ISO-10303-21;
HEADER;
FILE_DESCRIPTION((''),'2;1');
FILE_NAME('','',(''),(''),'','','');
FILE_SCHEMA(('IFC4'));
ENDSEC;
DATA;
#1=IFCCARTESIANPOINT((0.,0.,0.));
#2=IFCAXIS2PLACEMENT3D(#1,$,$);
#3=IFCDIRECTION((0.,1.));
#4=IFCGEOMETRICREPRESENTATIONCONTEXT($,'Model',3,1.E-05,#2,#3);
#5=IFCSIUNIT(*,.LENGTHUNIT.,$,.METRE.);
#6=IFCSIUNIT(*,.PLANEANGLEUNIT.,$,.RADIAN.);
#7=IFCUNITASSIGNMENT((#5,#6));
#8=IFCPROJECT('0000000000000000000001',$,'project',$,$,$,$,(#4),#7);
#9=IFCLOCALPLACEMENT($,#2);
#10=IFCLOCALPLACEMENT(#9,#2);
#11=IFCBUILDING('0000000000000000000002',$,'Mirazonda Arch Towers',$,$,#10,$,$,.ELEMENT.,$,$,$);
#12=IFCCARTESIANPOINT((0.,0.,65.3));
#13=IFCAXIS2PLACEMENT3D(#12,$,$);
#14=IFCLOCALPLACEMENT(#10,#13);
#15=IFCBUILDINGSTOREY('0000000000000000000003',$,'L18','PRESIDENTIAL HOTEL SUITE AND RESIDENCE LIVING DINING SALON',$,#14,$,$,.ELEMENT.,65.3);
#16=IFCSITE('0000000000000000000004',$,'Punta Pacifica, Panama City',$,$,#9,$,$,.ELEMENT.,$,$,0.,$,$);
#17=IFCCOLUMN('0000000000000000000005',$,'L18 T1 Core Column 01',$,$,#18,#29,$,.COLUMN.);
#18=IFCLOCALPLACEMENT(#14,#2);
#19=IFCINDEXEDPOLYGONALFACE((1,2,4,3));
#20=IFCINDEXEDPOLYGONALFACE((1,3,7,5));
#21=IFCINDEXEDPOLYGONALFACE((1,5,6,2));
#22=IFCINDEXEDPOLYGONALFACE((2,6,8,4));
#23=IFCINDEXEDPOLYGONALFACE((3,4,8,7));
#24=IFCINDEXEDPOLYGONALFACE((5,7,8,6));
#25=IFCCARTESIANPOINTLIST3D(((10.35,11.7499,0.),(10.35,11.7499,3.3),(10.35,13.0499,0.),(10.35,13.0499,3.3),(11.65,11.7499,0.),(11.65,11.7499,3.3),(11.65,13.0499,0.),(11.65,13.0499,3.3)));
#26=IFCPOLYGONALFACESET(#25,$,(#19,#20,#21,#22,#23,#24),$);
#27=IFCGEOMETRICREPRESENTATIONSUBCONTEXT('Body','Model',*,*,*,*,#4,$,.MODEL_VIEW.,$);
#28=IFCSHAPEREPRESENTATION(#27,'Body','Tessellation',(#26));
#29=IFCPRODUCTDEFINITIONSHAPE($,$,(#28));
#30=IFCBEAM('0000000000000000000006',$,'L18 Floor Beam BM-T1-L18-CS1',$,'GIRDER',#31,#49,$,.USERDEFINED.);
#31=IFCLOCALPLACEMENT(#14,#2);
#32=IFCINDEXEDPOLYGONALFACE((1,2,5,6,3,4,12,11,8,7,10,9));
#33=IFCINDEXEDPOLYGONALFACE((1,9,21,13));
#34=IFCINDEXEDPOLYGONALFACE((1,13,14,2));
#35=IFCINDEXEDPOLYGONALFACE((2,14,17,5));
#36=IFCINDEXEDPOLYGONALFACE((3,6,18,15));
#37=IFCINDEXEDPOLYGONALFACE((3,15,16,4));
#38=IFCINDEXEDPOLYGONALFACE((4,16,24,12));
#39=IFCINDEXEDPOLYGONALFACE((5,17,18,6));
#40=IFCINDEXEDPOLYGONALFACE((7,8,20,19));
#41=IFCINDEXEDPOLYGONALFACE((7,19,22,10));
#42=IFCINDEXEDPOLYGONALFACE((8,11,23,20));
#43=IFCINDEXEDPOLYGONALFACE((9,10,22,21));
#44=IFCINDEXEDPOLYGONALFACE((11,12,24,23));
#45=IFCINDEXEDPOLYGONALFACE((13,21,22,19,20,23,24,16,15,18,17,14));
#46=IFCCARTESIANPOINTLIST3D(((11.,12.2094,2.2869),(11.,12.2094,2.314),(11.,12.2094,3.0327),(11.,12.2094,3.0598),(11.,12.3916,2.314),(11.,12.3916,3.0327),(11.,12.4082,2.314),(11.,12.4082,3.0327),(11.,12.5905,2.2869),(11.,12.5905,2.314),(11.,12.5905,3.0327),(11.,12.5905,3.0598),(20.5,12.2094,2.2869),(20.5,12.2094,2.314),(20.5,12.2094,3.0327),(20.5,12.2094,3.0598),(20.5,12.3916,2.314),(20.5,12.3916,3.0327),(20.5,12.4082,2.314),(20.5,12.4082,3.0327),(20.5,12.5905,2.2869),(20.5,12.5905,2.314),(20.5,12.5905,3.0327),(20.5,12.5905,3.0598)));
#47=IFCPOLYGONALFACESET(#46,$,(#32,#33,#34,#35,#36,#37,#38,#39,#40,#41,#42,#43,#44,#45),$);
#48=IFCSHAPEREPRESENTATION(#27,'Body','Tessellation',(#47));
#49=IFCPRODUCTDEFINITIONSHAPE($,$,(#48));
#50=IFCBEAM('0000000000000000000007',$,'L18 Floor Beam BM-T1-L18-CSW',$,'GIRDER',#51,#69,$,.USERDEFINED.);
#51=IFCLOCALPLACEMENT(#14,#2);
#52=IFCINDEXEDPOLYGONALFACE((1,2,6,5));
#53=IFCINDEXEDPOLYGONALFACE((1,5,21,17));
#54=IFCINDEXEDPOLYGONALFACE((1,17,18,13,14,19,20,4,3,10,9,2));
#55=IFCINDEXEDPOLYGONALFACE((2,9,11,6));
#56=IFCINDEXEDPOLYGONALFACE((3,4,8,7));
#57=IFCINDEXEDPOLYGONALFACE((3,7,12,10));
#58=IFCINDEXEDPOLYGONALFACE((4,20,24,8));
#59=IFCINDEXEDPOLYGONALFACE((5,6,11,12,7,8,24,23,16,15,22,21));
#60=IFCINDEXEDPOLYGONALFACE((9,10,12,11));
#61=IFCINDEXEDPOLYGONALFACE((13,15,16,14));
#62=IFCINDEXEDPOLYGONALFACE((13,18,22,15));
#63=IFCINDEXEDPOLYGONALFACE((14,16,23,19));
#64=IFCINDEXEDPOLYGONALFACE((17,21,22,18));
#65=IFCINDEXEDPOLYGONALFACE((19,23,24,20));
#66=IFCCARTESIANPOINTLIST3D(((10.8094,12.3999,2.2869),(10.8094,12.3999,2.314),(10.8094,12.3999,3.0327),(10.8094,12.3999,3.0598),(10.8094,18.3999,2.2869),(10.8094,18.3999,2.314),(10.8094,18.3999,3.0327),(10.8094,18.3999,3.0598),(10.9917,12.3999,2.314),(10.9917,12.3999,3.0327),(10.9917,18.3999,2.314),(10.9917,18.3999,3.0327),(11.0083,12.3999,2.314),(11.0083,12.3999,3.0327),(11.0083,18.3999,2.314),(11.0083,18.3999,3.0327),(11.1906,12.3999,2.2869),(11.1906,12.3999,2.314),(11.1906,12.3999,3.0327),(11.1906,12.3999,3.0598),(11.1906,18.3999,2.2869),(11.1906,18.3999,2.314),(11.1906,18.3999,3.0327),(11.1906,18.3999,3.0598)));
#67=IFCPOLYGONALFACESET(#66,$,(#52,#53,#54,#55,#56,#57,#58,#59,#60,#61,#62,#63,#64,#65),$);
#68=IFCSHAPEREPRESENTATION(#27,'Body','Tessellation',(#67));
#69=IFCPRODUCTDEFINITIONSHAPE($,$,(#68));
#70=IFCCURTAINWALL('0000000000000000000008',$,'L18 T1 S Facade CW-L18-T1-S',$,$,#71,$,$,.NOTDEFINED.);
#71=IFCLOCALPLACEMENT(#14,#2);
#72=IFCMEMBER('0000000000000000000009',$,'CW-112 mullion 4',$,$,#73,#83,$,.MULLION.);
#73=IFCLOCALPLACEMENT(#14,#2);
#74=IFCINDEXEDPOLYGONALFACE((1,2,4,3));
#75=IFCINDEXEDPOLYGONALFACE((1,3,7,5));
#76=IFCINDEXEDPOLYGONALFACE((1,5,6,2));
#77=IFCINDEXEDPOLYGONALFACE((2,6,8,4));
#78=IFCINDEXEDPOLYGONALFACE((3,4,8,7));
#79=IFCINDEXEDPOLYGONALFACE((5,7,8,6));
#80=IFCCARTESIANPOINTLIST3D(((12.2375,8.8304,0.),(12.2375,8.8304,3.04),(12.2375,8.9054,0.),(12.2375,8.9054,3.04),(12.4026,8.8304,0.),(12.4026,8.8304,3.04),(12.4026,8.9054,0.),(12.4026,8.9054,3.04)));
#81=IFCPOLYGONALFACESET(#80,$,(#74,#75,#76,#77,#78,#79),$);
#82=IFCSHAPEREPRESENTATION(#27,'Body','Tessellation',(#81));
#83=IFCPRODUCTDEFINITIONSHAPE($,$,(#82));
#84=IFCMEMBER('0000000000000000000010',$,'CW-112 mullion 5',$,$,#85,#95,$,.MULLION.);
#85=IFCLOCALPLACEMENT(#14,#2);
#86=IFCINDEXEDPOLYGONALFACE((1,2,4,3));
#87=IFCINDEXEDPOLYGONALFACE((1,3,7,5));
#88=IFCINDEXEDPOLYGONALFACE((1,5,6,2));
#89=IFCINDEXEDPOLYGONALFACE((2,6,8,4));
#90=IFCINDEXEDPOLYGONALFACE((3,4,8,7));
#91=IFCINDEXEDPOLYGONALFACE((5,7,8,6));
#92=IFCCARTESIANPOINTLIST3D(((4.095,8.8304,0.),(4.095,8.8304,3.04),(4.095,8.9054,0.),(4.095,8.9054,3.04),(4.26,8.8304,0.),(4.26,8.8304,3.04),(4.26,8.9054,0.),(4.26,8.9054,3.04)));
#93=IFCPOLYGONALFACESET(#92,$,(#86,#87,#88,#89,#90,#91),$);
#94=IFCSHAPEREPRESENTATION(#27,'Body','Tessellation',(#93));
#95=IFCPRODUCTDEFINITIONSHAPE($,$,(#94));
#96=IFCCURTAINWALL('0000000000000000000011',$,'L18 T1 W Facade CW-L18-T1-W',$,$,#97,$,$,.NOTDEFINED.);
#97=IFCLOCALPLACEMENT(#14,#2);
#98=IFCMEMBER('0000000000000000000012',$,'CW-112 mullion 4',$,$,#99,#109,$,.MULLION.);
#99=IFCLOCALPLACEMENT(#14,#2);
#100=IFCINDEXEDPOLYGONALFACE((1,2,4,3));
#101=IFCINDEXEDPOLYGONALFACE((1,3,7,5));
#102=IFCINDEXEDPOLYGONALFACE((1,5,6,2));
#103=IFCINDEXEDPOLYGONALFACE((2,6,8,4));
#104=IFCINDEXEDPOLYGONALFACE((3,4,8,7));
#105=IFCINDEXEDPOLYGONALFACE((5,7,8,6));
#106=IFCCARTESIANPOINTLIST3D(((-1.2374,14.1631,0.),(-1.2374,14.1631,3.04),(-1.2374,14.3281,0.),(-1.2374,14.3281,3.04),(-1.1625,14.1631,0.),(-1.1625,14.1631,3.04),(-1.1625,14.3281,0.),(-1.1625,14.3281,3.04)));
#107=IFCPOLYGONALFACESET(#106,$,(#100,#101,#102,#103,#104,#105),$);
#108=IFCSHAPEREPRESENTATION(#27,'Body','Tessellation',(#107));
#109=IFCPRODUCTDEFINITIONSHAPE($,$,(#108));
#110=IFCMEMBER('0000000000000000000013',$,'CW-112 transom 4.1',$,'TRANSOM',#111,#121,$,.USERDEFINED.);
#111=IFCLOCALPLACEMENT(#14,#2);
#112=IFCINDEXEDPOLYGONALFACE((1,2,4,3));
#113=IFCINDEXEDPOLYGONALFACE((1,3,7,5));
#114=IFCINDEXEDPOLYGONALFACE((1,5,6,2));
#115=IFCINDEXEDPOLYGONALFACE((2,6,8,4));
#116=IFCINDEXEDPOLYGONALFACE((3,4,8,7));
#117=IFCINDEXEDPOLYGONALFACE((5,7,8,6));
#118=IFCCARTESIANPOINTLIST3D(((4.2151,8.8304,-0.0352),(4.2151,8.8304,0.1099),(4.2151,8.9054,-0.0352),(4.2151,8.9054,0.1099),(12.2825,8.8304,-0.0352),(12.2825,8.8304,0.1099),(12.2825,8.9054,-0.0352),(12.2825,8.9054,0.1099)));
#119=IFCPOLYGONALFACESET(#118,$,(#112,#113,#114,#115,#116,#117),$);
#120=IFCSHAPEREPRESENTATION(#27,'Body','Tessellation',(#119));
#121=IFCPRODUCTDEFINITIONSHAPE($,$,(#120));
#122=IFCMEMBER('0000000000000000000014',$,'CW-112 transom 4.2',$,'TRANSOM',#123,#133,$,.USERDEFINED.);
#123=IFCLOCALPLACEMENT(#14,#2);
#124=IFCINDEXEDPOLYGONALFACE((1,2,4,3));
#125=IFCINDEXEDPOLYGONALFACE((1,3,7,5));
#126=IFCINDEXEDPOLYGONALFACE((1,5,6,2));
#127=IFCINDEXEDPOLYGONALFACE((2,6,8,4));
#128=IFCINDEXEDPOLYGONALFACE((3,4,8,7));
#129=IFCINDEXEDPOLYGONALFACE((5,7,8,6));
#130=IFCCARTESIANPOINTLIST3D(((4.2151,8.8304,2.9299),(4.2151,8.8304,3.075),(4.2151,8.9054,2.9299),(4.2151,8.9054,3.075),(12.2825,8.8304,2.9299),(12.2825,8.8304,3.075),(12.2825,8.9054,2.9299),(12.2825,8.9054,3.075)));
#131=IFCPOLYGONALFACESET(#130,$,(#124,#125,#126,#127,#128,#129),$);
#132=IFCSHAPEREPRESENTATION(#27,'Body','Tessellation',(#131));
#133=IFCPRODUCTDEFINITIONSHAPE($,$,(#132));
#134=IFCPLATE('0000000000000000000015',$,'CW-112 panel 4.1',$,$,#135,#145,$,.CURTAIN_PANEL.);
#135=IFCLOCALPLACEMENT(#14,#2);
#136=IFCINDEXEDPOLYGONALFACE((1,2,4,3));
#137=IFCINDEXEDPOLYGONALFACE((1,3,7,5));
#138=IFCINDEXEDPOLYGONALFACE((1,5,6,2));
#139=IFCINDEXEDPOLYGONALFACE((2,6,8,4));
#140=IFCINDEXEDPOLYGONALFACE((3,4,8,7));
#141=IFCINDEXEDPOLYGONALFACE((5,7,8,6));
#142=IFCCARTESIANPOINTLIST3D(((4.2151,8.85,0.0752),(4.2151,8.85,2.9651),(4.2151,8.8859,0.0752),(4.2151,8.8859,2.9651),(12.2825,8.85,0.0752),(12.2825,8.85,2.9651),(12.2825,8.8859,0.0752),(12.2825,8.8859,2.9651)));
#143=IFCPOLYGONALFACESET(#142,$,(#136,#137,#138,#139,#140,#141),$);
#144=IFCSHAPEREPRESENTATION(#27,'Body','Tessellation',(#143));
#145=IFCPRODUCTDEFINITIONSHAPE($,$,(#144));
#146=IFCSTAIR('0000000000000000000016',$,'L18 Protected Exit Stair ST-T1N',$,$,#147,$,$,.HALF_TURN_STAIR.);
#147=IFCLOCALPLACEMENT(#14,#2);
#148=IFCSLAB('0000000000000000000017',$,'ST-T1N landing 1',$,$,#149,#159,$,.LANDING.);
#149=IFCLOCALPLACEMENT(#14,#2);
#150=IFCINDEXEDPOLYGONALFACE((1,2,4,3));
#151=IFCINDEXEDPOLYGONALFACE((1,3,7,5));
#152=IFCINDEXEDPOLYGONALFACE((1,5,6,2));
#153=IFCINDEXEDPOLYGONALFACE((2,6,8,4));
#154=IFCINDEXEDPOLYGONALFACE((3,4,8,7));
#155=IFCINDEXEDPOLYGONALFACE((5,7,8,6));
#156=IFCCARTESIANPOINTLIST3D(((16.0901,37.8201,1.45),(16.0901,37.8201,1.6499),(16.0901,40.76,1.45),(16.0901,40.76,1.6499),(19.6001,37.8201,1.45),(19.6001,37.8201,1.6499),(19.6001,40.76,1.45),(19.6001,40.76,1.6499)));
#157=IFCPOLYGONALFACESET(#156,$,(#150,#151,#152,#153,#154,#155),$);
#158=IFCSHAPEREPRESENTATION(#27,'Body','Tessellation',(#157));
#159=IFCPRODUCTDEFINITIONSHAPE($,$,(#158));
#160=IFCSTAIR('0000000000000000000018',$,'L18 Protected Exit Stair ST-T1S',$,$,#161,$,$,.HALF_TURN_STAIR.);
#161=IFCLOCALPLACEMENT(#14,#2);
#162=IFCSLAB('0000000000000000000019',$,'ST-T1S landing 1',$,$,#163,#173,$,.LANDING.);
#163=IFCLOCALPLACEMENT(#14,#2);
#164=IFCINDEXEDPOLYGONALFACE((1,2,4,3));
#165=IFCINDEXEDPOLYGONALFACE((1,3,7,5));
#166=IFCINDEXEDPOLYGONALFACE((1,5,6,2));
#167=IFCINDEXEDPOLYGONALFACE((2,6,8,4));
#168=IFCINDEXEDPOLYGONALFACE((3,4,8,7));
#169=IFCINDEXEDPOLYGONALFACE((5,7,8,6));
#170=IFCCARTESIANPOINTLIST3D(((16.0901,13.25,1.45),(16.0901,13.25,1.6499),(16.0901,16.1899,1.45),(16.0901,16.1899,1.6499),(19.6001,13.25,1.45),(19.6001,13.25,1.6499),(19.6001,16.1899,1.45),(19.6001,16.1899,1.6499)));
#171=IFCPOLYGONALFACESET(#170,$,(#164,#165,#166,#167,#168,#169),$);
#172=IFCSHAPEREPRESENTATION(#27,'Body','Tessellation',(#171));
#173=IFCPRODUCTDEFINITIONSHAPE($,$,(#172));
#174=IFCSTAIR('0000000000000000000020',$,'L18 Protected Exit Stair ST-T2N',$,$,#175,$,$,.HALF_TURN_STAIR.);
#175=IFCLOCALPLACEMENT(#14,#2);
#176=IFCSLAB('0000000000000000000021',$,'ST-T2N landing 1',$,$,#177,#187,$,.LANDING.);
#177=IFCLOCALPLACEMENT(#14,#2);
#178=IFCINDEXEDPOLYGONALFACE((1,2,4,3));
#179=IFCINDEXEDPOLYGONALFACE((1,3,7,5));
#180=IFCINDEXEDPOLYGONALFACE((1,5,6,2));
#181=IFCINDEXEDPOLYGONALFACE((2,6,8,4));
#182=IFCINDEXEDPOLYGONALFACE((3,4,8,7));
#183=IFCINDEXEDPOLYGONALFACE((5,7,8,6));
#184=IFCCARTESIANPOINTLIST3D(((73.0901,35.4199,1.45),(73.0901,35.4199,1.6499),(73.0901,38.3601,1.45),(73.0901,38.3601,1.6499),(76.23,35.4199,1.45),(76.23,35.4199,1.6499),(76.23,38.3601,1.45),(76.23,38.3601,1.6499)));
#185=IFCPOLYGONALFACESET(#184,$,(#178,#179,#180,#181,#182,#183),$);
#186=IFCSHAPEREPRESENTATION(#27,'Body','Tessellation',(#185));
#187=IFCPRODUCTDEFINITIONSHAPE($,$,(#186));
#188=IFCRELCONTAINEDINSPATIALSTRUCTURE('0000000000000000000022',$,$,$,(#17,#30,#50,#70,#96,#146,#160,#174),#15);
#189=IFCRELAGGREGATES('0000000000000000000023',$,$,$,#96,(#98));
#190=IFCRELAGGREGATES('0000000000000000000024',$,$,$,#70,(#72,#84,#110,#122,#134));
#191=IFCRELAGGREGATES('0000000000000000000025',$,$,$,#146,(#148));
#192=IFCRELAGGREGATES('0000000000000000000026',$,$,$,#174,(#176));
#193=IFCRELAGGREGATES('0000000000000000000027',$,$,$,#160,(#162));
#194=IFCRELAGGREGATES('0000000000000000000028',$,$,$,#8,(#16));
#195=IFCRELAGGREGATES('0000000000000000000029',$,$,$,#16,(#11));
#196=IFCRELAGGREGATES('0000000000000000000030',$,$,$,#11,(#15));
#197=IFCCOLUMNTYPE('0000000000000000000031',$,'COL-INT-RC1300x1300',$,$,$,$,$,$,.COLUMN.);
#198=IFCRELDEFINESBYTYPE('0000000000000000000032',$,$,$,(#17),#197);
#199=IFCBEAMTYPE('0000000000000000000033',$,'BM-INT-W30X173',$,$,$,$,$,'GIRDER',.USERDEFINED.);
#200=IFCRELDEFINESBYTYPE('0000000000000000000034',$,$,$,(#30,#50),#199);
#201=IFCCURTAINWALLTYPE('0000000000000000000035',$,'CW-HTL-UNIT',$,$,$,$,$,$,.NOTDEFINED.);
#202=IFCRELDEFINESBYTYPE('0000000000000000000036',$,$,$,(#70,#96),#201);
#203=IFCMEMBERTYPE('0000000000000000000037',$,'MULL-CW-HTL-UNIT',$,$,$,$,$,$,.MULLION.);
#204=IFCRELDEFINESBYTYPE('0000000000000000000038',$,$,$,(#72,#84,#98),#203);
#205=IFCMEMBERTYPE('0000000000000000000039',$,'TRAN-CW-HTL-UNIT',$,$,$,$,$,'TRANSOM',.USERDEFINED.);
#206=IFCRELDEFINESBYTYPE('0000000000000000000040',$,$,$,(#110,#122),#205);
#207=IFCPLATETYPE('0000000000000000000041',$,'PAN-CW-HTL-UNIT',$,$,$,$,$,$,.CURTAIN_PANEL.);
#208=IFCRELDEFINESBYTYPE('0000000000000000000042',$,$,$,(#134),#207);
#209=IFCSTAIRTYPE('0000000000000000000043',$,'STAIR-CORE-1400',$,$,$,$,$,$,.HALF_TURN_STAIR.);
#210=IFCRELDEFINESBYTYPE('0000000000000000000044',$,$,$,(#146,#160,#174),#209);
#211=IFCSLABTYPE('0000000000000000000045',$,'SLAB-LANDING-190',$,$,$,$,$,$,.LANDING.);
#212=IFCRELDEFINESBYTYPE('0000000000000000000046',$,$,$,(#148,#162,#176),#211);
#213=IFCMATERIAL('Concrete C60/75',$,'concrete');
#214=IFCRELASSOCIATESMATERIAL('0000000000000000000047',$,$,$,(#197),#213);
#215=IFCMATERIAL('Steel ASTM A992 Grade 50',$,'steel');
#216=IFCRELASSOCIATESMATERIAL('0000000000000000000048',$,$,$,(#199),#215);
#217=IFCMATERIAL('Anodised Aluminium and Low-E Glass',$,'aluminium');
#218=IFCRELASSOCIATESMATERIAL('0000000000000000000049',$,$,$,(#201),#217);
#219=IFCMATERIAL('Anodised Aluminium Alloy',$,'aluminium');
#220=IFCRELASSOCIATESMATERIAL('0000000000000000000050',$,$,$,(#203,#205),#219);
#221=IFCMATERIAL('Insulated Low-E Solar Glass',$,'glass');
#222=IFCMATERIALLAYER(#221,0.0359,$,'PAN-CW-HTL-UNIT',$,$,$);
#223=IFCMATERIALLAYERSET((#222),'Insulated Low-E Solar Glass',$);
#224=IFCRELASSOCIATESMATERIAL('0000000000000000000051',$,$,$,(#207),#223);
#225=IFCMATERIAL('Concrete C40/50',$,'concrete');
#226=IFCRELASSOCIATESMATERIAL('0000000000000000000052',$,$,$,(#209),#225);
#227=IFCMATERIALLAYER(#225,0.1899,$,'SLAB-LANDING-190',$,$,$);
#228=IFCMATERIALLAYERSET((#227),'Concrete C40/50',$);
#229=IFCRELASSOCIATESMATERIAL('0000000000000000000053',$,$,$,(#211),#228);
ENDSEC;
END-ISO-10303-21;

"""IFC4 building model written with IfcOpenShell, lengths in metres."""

from ifc_helpers import new_model, si_unit, direction, frame, origin, origin_2d, place, context, subcontext, project, spatial, polyline, rectangle, i_section, outline, extrude, material, layer, layer_set, material_profile, profile_set, type_object, element, aggregate, save


model = new_model("IFC4")

# Units and contexts
model_context = context("Model", 3, precision=1e-05, world=origin(), true_north=direction((0.0, 1.0)))
body_context = subcontext(model_context, "Body", "Model", "MODEL_VIEW")
ifc_project = project(units=[si_unit("LENGTHUNIT", "METRE"), si_unit("PLANEANGLEUNIT", "RADIAN")], contexts=[model_context])

# Site, building, storey
site_placement = place(None, origin())
site = spatial("IfcSite", under=ifc_project, at=site_placement, Name="Punta Pacifica, Panama City", CompositionType="ELEMENT", RefElevation=0.0)
building_placement = place(site_placement, origin())
building = spatial("IfcBuilding", under=site, at=building_placement, Name="Mirazonda Arch Towers", CompositionType="ELEMENT")
storey_placement = place(building_placement, frame((0.0, 0.0, 65.3)))
storey = spatial("IfcBuildingStorey", under=building, at=storey_placement, Name="L18", Description="PRESIDENTIAL HOTEL SUITE AND RESIDENCE LIVING DINING SALON", CompositionType="ELEMENT", Elevation=65.3)

# Column
ifc_material_1 = material(Name="Concrete C60/75", Category="concrete")
ifc_material_profile_1 = material_profile(ifc_material_1, rectangle(XDim=1.3, YDim=1.3, at=origin_2d()), Name="RC1300x1300")
ifc_profile_set_1 = profile_set([ifc_material_profile_1], Name="Concrete C60/75")
column_type = type_object("IfcColumnType", Name="COL-INT-RC1300x1300", PredefinedType="COLUMN", material=ifc_profile_set_1)
column_placement = place(storey_placement, frame((11.0, 12.3999, 0.0), z_axis=(0.0, 0.0, 1.0), x_axis=(1.0, 0.0, 0.0)))
element("IfcColumn", 1, at=column_placement, inside=storey, type_object=column_type, Name="L18 T1 Core Column 01", PredefinedType="COLUMN", context=body_context, shape_type="SweptSolid", body=[
    extrude(rectangle(XDim=1.3, YDim=1.3, at=origin_2d()), origin(), (0.0, 0.0, 1.0), 3.3),
])

# Beams
ifc_material_2 = material(Name="Steel ASTM A992 Grade 50", Category="steel")
ifc_material_profile_2 = material_profile(ifc_material_2, i_section(OverallWidth=0.3811, OverallDepth=0.7729, WebThickness=0.0166, FlangeThickness=0.0271, at=origin_2d()), Name="W30X173")
ifc_profile_set_2 = profile_set([ifc_material_profile_2], Name="Steel ASTM A992 Grade 50")
beam_type = type_object("IfcBeamType", Name="BM-INT-W30X173", ElementType="GIRDER", PredefinedType="USERDEFINED", material=ifc_profile_set_2)
beam_1_placement = place(storey_placement, frame((11.0, 12.3999, 2.6733), z_axis=(1.0, 0.0, 0.0), x_axis=(0.0, 1.0, 0.0)))
element("IfcBeam", 2, at=beam_1_placement, inside=storey, type_object=beam_type, Name="L18 Floor Beam BM-T1-L18-CS1", ObjectType="GIRDER", PredefinedType="USERDEFINED", context=body_context, shape_type="SweptSolid", body=[
    extrude(i_section(OverallWidth=0.3811, OverallDepth=0.7729, WebThickness=0.0166, FlangeThickness=0.0271, at=origin_2d()), origin(), (0.0, 0.0, 1.0), 9.5),
])
beam_2_placement = place(storey_placement, frame((11.0, 12.3999, 2.6733), z_axis=(0.0, 1.0, 0.0), x_axis=(-1.0, 0.0, 0.0)))
element("IfcBeam", 3, at=beam_2_placement, inside=storey, type_object=beam_type, Name="L18 Floor Beam BM-T1-L18-CSW", ObjectType="GIRDER", PredefinedType="USERDEFINED", context=body_context, shape_type="SweptSolid", body=[
    extrude(i_section(OverallWidth=0.3811, OverallDepth=0.7729, WebThickness=0.0166, FlangeThickness=0.0271, at=origin_2d()), origin(), (0.0, 0.0, 1.0), 6.0),
])

# Curtain wall, members
ifc_material_3 = material(Name="Anodised Aluminium and Low-E Glass", Category="aluminium")
curtain_wall_type = type_object("IfcCurtainWallType", Name="CW-HTL-UNIT", PredefinedType="NOTDEFINED", material=ifc_material_3)
curtain_wall_1_placement = place(storey_placement, origin())
curtain_wall_1 = element("IfcCurtainWall", 4, at=curtain_wall_1_placement, inside=storey, type_object=curtain_wall_type, Name="L18 T1 S Facade CW-L18-T1-S", PredefinedType="NOTDEFINED")
ifc_material_4 = material(Name="Anodised Aluminium Alloy", Category="aluminium")
ifc_material_profile_3 = material_profile(ifc_material_4, rectangle(XDim=0.075, YDim=0.165, at=origin_2d()), Name="ALU-MULL-75x165")
ifc_profile_set_3 = profile_set([ifc_material_profile_3], Name="Anodised Aluminium Alloy")
member_type_1 = type_object("IfcMemberType", Name="MULL-CW-HTL-UNIT", PredefinedType="MULLION", material=ifc_profile_set_3)
member_1_placement = place(storey_placement, frame((12.3201, 8.8679, 0.0), z_axis=(0.0, 0.0, 1.0), x_axis=(0.0, -1.0, 0.0)))
member_1 = element("IfcMember", 5, at=member_1_placement, type_object=member_type_1, Name="CW-112 mullion 4", PredefinedType="MULLION", context=body_context, shape_type="SweptSolid", body=[
    extrude(rectangle(XDim=0.075, YDim=0.165, at=origin_2d()), origin(), (0.0, 0.0, 1.0), 3.04),
])
member_2_placement = place(storey_placement, frame((4.1775, 8.8679, 0.0), z_axis=(0.0, 0.0, 1.0), x_axis=(0.0, -1.0, 0.0)))
member_2 = element("IfcMember", 6, at=member_2_placement, type_object=member_type_1, Name="CW-112 mullion 5", PredefinedType="MULLION", context=body_context, shape_type="SweptSolid", body=[
    extrude(rectangle(XDim=0.075, YDim=0.165, at=origin_2d()), origin(), (0.0, 0.0, 1.0), 3.04),
])

# Curtain wall, member
curtain_wall_2_placement = place(storey_placement, origin())
curtain_wall_2 = element("IfcCurtainWall", 7, at=curtain_wall_2_placement, inside=storey, type_object=curtain_wall_type, Name="L18 T1 W Facade CW-L18-T1-W", PredefinedType="NOTDEFINED")
member_3_placement = place(storey_placement, frame((-1.2, 14.2456, 0.0), z_axis=(0.0, 0.0, 1.0), x_axis=(1.0, 0.0, 0.0)))
member_3 = element("IfcMember", 8, at=member_3_placement, type_object=member_type_1, Name="CW-112 mullion 4", PredefinedType="MULLION", context=body_context, shape_type="SweptSolid", body=[
    extrude(rectangle(XDim=0.075, YDim=0.165, at=origin_2d()), origin(), (0.0, 0.0, 1.0), 3.04),
])
aggregate(curtain_wall_2, [member_3])

# Members
ifc_material_profile_4 = material_profile(ifc_material_4, rectangle(XDim=0.075, YDim=0.145, at=origin_2d()), Name="ALU-TRAN-75x145")
ifc_profile_set_4 = profile_set([ifc_material_profile_4], Name="Anodised Aluminium Alloy")
member_type_2 = type_object("IfcMemberType", Name="TRAN-CW-HTL-UNIT", ElementType="TRANSOM", PredefinedType="USERDEFINED", material=ifc_profile_set_4)
member_4_placement = place(storey_placement, frame((12.2825, 8.8679, 0.0374), z_axis=(-1.0, 0.0, 0.0), x_axis=(0.0, -1.0, 0.0)))
member_4 = element("IfcMember", 9, at=member_4_placement, type_object=member_type_2, Name="CW-112 transom 4.1", ObjectType="TRANSOM", PredefinedType="USERDEFINED", context=body_context, shape_type="SweptSolid", body=[
    extrude(rectangle(XDim=0.075, YDim=0.145, at=origin_2d()), origin(), (0.0, 0.0, 1.0), 8.0674),
])
member_5_placement = place(storey_placement, frame((12.2825, 8.8679, 3.0024), z_axis=(-1.0, 0.0, 0.0), x_axis=(0.0, -1.0, 0.0)))
member_5 = element("IfcMember", 10, at=member_5_placement, type_object=member_type_2, Name="CW-112 transom 4.2", ObjectType="TRANSOM", PredefinedType="USERDEFINED", context=body_context, shape_type="SweptSolid", body=[
    extrude(rectangle(XDim=0.075, YDim=0.145, at=origin_2d()), origin(), (0.0, 0.0, 1.0), 8.0674),
])

# Plate
ifc_material_5 = material(Name="Insulated Low-E Solar Glass", Category="glass")
ifc_layer_1 = layer(ifc_material_5, 0.0359, Name="PAN-CW-HTL-UNIT")
ifc_layer_set_1 = layer_set([ifc_layer_1], Name="Insulated Low-E Solar Glass")
plate_type = type_object("IfcPlateType", Name="PAN-CW-HTL-UNIT", PredefinedType="CURTAIN_PANEL", material=ifc_layer_set_1)
plate_placement = place(storey_placement, frame((8.2488, 8.8679, 0.0752), z_axis=(0.0, 0.0, 1.0), x_axis=(-1.0, 0.0, 0.0)))
plate = element("IfcPlate", 11, at=plate_placement, type_object=plate_type, Name="CW-112 panel 4.1", PredefinedType="CURTAIN_PANEL", context=body_context, shape_type="SweptSolid", body=[
    extrude(rectangle(XDim=8.0674, YDim=0.0359, at=origin_2d()), origin(), (0.0, 0.0, 1.0), 2.8899),
])
aggregate(curtain_wall_1, [member_1, member_2, member_4, member_5, plate])

# Stairs, slabs
ifc_material_6 = material(Name="Concrete C40/50", Category="concrete")
stair_type = type_object("IfcStairType", Name="STAIR-CORE-1400", PredefinedType="HALF_TURN_STAIR", material=ifc_material_6)
stair_1_placement = place(storey_placement, origin())
stair_1 = element("IfcStair", 12, at=stair_1_placement, inside=storey, type_object=stair_type, Name="L18 Protected Exit Stair ST-T1N", PredefinedType="HALF_TURN_STAIR")
ifc_layer_2 = layer(ifc_material_6, 0.1899, Name="SLAB-LANDING-190")
ifc_layer_set_2 = layer_set([ifc_layer_2], Name="Concrete C40/50")
slab_type_1 = type_object("IfcSlabType", Name="SLAB-LANDING-190", PredefinedType="LANDING", material=ifc_layer_set_2)
slab_1_placement = place(storey_placement, frame((0.0, 0.0, 1.45)))
slab_1 = element("IfcSlab", 13, at=slab_1_placement, type_object=slab_type_1, Name="ST-T1N landing 1", PredefinedType="LANDING", context=body_context, shape_type="SweptSolid", body=[
    extrude(outline(polyline([(16.0901, 37.8201), (19.6001, 37.8201), (19.6001, 40.76), (16.0901, 40.76), (16.0901, 37.8201)])), origin(), (0.0, 0.0, 1.0), 0.2),
])
aggregate(stair_1, [slab_1])
stair_2_placement = place(storey_placement, origin())
stair_2 = element("IfcStair", 14, at=stair_2_placement, inside=storey, type_object=stair_type, Name="L18 Protected Exit Stair ST-T1S", PredefinedType="HALF_TURN_STAIR")
slab_2_placement = place(storey_placement, frame((0.0, 0.0, 1.45)))
slab_2 = element("IfcSlab", 15, at=slab_2_placement, type_object=slab_type_1, Name="ST-T1S landing 1", PredefinedType="LANDING", context=body_context, shape_type="SweptSolid", body=[
    extrude(outline(polyline([(16.0901, 13.25), (19.6001, 13.25), (19.6001, 16.1899), (16.0901, 16.1899), (16.0901, 13.25)])), origin(), (0.0, 0.0, 1.0), 0.2),
])
stair_3_placement = place(storey_placement, origin())
stair_3 = element("IfcStair", 16, at=stair_3_placement, inside=storey, type_object=stair_type, Name="L18 Protected Exit Stair ST-T2N", PredefinedType="HALF_TURN_STAIR")
slab_3_placement = place(storey_placement, frame((0.0, 0.0, 1.45)))
slab_3 = element("IfcSlab", 17, at=slab_3_placement, type_object=slab_type_1, Name="ST-T2N landing 1", PredefinedType="LANDING", context=body_context, shape_type="SweptSolid", body=[
    extrude(outline(polyline([(73.0901, 35.4199), (76.23, 35.4199), (76.23, 38.3601), (73.0901, 38.3601), (73.0901, 35.4199)])), origin(), (0.0, 0.0, 1.0), 0.2),
])
aggregate(stair_3, [slab_3])

aggregate(stair_2, [slab_2])

save(model, "model.ifc")
